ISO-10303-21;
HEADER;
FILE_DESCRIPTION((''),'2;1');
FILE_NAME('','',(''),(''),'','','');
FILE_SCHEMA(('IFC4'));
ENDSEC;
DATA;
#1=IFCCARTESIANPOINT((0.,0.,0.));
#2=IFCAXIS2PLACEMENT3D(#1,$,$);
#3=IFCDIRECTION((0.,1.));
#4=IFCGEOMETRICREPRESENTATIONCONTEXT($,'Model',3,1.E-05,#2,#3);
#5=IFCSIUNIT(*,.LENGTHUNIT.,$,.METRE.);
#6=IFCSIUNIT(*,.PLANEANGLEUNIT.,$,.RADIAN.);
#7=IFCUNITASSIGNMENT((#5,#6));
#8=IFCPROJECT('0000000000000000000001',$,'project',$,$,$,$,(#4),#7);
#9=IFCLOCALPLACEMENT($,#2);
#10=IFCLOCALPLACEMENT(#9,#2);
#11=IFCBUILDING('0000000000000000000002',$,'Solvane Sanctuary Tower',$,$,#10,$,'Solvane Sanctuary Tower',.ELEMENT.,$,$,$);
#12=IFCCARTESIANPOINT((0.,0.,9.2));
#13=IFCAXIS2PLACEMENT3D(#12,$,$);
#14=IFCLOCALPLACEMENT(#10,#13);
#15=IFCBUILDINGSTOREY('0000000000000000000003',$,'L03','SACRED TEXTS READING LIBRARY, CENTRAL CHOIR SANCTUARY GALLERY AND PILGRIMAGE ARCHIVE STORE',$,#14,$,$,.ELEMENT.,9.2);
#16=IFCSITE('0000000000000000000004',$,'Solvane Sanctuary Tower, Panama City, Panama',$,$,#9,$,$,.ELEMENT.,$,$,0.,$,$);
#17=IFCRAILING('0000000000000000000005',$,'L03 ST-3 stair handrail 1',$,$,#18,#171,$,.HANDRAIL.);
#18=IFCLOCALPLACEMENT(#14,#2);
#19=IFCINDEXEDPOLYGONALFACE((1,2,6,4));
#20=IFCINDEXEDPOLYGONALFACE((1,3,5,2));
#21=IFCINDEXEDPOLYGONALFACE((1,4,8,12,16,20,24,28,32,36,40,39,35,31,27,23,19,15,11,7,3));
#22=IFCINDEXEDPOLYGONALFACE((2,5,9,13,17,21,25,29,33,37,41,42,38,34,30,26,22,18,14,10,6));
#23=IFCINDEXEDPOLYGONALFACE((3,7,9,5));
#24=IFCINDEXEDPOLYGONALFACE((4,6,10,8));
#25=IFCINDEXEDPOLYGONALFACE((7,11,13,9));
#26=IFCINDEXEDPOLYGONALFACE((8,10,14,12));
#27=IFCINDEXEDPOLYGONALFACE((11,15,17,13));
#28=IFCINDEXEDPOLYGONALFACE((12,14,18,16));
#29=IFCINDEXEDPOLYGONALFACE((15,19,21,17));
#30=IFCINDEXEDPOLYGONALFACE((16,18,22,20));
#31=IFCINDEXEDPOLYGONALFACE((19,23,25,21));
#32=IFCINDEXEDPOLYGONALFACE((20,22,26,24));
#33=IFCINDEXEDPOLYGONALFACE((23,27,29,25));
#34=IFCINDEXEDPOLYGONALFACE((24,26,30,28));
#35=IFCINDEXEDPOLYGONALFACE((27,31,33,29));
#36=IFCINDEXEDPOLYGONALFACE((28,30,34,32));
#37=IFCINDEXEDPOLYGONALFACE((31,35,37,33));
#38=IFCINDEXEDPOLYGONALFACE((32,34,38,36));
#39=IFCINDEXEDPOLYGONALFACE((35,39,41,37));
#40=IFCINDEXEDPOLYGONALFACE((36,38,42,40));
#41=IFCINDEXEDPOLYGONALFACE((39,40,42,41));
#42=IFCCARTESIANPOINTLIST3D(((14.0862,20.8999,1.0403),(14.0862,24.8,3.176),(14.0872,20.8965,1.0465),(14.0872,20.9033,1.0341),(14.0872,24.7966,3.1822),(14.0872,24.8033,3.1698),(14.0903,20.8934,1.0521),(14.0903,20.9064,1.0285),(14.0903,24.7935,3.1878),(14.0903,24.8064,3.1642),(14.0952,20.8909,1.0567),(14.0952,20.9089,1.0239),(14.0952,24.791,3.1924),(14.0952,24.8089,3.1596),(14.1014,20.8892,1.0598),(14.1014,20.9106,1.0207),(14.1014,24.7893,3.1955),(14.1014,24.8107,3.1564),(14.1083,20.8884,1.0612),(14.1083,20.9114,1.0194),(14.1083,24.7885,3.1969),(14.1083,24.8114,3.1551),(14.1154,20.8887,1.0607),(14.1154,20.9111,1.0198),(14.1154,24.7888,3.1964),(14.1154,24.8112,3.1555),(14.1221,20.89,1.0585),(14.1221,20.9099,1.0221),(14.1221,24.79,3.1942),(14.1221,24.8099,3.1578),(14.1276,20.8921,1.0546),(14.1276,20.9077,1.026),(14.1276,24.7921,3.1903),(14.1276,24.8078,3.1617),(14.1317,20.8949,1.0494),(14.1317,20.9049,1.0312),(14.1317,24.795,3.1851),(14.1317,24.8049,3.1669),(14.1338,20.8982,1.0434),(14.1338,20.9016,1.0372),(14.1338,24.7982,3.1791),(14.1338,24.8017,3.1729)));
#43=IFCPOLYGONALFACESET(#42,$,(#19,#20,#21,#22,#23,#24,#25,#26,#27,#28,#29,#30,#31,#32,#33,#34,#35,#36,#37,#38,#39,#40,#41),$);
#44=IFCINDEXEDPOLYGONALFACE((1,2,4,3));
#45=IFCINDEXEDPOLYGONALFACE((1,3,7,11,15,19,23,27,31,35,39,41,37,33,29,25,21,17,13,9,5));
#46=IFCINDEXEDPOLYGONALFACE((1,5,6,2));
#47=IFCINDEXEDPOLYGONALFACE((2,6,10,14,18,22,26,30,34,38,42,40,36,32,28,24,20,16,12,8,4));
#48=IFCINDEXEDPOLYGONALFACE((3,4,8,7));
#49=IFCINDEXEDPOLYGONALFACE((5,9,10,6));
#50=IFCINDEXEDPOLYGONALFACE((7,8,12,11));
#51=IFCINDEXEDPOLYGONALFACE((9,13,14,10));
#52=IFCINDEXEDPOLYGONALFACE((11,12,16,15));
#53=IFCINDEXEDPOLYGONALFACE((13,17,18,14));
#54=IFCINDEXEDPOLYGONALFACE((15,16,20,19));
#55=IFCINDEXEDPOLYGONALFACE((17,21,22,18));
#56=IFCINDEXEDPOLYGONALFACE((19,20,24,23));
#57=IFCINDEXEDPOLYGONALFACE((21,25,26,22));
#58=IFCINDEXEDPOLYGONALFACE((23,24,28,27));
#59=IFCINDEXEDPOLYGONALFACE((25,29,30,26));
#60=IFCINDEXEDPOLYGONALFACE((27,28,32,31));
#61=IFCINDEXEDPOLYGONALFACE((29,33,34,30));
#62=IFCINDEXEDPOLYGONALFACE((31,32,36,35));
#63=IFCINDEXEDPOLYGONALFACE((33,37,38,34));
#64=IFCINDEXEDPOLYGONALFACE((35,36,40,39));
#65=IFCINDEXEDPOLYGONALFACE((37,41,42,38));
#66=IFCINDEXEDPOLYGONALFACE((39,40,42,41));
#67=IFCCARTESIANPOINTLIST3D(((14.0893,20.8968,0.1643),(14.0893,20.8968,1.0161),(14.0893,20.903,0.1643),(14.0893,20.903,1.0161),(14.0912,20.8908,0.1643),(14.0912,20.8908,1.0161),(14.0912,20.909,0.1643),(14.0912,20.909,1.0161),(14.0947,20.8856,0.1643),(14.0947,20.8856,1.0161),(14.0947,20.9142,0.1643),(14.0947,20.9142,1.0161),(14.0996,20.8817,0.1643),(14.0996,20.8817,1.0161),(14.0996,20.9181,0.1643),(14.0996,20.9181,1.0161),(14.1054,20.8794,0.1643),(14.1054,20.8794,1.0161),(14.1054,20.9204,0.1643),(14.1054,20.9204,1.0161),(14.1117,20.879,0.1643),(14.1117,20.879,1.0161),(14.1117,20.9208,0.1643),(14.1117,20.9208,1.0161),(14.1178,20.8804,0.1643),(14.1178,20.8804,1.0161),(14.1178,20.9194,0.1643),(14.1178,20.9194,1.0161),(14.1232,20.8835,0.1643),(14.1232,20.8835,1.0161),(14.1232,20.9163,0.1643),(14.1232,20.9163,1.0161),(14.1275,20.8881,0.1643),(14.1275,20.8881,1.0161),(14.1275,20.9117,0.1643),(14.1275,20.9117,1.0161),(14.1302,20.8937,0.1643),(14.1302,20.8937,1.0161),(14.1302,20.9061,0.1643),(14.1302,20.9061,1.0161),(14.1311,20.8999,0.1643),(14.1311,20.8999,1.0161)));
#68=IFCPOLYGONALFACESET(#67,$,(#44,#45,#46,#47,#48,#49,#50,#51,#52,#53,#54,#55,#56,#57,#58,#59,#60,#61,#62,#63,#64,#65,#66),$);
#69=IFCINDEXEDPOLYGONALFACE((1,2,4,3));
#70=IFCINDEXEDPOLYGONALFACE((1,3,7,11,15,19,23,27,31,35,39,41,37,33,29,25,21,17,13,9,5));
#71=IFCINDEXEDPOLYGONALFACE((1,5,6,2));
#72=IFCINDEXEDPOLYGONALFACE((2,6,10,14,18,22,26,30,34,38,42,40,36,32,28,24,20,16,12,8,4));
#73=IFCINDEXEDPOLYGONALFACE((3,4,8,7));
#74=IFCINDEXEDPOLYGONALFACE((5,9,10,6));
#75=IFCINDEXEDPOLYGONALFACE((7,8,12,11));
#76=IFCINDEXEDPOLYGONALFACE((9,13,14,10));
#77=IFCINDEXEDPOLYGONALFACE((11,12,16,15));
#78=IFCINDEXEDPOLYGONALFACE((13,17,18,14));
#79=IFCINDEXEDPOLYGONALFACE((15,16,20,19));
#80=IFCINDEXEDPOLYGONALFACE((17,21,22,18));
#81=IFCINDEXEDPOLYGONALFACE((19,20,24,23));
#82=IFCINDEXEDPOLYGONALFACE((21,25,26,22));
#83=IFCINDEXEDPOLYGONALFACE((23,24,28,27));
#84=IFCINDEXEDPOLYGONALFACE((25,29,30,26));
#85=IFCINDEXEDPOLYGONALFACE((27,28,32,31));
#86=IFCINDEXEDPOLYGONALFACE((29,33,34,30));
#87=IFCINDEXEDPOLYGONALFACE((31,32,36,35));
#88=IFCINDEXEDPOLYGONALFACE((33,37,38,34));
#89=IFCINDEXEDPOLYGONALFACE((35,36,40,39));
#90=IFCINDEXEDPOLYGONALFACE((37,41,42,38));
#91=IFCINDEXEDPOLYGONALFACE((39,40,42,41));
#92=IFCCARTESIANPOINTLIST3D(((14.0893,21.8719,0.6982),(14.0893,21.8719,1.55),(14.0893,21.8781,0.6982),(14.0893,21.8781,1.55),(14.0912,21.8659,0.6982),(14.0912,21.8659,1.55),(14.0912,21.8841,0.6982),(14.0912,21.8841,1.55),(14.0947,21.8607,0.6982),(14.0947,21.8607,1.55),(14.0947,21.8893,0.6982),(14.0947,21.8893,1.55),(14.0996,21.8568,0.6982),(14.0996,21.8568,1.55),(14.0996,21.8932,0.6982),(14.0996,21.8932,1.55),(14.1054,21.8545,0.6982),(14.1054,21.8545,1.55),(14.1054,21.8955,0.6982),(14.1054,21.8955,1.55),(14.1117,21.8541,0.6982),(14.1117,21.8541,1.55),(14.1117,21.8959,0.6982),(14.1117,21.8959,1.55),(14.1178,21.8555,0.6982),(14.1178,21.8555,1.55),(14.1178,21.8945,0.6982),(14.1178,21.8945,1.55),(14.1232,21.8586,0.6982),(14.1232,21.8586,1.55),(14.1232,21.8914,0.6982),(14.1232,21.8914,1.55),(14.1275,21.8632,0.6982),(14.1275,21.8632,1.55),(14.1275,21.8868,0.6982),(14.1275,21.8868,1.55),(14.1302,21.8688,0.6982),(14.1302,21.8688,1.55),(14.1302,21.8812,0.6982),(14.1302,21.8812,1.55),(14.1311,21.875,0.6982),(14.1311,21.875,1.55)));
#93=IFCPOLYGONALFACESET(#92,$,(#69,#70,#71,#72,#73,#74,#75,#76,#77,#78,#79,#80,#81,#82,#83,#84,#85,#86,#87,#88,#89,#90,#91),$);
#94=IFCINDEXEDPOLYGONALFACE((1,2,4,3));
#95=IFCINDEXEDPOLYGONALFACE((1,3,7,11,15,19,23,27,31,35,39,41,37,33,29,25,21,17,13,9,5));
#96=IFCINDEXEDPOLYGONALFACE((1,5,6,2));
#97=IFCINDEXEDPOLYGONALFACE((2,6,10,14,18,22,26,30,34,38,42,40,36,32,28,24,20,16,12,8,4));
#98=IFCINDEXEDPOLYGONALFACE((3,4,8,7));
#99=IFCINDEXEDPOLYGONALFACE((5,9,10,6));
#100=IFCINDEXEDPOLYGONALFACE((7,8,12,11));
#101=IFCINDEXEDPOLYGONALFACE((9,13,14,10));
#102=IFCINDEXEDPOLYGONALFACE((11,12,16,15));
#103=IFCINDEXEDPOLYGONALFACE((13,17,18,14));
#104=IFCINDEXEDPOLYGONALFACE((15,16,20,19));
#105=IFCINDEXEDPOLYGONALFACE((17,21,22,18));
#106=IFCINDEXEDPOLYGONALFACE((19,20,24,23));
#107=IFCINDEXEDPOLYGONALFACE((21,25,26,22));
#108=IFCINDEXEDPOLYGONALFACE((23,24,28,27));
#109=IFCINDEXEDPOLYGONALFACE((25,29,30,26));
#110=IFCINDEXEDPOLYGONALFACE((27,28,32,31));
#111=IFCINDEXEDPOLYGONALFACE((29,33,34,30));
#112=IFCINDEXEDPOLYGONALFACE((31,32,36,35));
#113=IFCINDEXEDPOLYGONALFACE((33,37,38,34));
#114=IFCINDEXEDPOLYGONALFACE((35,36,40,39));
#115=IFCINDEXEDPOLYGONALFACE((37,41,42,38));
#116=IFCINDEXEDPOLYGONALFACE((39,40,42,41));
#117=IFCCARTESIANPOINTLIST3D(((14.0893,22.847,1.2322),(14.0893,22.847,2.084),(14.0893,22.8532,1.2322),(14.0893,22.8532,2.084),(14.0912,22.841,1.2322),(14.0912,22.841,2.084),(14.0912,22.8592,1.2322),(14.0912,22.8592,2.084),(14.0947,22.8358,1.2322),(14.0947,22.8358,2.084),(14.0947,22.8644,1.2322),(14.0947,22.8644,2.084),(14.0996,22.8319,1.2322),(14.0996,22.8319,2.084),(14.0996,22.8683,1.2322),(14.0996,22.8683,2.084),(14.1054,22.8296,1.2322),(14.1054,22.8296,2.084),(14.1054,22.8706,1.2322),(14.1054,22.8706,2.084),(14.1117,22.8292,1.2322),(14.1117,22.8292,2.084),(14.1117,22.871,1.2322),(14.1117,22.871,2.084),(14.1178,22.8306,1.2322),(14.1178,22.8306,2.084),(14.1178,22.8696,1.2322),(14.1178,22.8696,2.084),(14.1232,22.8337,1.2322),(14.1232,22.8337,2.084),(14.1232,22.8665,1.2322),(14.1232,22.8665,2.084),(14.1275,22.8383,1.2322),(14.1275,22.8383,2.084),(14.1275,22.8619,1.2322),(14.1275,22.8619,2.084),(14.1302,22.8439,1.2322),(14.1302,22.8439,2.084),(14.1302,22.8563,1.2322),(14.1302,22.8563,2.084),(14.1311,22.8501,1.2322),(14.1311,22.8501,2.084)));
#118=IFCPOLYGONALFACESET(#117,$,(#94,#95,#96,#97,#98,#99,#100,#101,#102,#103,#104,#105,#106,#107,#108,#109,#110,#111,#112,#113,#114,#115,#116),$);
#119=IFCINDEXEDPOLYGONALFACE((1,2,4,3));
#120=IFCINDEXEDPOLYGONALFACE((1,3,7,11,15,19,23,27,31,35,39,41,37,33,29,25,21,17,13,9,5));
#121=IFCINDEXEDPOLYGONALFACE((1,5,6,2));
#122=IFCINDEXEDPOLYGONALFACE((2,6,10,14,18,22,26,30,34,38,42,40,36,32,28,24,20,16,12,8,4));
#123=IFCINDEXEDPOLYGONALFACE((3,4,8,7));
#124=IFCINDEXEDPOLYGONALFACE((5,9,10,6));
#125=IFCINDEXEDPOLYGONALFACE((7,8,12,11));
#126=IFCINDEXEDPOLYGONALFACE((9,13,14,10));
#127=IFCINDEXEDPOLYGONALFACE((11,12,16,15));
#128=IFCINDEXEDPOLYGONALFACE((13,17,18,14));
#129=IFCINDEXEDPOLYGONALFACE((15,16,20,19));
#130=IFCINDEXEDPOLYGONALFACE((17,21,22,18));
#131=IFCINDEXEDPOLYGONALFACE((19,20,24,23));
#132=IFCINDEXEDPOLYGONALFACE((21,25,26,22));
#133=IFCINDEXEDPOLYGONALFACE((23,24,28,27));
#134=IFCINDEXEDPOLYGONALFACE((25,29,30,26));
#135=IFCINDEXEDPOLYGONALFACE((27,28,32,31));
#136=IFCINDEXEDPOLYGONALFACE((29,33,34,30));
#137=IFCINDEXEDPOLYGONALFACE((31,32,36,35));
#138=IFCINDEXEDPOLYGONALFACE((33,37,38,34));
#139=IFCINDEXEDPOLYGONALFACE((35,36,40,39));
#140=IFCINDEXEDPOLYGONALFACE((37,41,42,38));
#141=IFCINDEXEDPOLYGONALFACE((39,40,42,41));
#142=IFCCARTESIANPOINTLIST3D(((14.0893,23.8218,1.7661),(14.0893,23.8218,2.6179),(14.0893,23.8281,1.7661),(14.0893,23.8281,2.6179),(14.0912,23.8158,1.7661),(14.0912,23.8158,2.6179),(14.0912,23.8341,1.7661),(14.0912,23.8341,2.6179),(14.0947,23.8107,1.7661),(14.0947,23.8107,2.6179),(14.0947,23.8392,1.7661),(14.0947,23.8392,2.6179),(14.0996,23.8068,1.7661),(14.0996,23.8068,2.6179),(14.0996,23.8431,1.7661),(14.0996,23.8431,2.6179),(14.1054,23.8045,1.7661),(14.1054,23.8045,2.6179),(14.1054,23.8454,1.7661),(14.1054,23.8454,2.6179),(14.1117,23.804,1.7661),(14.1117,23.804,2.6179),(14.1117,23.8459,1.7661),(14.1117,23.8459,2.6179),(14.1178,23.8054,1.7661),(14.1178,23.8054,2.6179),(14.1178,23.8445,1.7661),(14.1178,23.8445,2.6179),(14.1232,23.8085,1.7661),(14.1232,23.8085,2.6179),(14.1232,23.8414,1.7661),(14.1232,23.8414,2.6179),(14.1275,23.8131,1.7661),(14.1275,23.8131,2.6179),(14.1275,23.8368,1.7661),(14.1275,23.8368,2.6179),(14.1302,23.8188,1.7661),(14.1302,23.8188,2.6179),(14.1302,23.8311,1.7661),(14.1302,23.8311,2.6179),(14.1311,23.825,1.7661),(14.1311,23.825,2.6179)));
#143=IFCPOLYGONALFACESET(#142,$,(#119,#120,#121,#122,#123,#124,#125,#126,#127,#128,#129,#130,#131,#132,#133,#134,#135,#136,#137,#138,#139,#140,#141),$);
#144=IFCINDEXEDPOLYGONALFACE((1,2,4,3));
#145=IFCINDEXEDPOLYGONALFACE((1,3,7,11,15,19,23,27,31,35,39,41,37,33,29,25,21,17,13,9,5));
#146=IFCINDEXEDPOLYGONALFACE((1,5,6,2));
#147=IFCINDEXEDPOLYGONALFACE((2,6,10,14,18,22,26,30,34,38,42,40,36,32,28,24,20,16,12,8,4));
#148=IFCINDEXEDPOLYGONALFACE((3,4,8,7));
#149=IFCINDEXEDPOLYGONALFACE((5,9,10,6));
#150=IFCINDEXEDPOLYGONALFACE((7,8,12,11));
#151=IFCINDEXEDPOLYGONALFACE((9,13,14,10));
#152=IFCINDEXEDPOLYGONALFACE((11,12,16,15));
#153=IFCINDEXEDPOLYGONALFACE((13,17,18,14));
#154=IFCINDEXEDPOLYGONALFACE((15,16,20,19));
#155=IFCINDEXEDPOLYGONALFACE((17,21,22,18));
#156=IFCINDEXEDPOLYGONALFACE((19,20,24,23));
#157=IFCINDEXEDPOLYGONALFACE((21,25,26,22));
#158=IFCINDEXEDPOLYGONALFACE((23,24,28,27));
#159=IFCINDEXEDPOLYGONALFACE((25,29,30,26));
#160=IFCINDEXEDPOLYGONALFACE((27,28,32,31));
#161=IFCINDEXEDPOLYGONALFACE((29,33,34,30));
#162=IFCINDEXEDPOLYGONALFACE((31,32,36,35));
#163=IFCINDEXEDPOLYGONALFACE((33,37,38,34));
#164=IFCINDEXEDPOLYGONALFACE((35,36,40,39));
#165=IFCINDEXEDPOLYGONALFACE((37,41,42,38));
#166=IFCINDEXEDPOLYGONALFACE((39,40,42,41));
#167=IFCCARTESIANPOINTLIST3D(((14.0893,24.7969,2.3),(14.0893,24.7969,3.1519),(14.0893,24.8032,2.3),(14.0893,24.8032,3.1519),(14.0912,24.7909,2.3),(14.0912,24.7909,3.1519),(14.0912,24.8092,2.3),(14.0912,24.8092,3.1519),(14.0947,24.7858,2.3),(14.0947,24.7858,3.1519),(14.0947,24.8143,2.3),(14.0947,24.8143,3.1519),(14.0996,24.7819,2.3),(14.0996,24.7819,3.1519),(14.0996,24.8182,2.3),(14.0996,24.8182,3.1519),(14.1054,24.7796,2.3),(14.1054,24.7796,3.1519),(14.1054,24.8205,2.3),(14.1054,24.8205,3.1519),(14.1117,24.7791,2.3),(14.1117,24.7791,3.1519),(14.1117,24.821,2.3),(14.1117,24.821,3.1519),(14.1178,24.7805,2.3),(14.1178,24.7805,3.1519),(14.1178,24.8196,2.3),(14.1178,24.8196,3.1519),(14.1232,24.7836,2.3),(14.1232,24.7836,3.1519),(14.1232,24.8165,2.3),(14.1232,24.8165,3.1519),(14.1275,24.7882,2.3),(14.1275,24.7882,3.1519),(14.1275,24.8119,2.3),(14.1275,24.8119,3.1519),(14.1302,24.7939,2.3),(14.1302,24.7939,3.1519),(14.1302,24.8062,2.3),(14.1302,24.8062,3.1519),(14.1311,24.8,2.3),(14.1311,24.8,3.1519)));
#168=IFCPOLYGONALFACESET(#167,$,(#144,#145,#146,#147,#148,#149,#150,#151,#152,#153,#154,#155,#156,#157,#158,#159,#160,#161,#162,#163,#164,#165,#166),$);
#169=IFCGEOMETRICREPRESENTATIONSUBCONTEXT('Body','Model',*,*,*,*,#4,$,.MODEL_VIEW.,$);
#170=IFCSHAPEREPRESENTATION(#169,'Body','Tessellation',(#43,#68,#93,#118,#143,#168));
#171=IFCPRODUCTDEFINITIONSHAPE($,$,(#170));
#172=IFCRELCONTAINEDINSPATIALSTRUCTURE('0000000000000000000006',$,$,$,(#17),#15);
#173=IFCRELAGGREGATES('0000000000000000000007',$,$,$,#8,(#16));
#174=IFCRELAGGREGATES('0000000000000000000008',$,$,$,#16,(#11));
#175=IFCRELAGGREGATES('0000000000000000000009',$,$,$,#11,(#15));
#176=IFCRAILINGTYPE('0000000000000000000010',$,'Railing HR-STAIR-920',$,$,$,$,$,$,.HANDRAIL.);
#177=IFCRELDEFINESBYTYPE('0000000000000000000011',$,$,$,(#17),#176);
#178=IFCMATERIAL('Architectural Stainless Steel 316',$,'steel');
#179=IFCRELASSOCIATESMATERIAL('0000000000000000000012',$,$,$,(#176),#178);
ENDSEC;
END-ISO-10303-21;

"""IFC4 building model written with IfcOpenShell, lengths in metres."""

from ifc_helpers import new_model, si_unit, direction, frame, origin, origin_2d, place, context, subcontext, project, spatial, circle, extrude, material, type_object, element, save


model = new_model("IFC4")

# Units and contexts
model_context = context("Model", 3, precision=1e-05, world=origin(), true_north=direction((0.0, 1.0)))
body_context = subcontext(model_context, "Body", "Model", "MODEL_VIEW")
ifc_project = project(units=[si_unit("LENGTHUNIT", "METRE"), si_unit("PLANEANGLEUNIT", "RADIAN")], contexts=[model_context])

# Site, building, storey
site_placement = place(None, origin())
site = spatial("IfcSite", under=ifc_project, at=site_placement, Name="Solvane Sanctuary Tower, Panama City, Panama", CompositionType="ELEMENT", RefElevation=0.0)
building_placement = place(site_placement, origin())
building = spatial("IfcBuilding", under=site, at=building_placement, Name="Solvane Sanctuary Tower", LongName="Solvane Sanctuary Tower", CompositionType="ELEMENT")
storey_placement = place(building_placement, frame((0.0, 0.0, 9.2)))
storey = spatial("IfcBuildingStorey", under=building, at=storey_placement, Name="L03", Description="SACRED TEXTS READING LIBRARY, CENTRAL CHOIR SANCTUARY GALLERY AND PILGRIMAGE ARCHIVE STORE", CompositionType="ELEMENT", Elevation=9.2)

# Railing
ifc_material_1 = material(Name="Architectural Stainless Steel 316", Category="steel")
railing_type_1 = type_object("IfcRailingType", Name="Railing HR-STAIR-920", PredefinedType="HANDRAIL", material=ifc_material_1)
railing_1_placement = place(storey_placement, frame((14.1101, 20.8999, 0.1643)))
element("IfcRailing", 1, at=railing_1_placement, inside=storey, type_object=railing_type_1, Name="L03 ST-3 stair handrail 1", PredefinedType="HANDRAIL", context=body_context, shape_type="SweptSolid", body=[
    extrude(circle(Radius=0.0239, at=origin_2d()), frame((0.0, 0.0, 0.876), z_axis=(0.0, 0.877101, 0.480306), x_axis=(-1.0, 0.0, 0.0)), (0.0, 0.0, 1.0), 4.4465),
    extrude(circle(Radius=0.021, at=origin_2d()), origin(), (0.0, 0.0, 1.0), 0.8518),
    extrude(circle(Radius=0.021, at=origin_2d()), frame((0.0, 0.9751, 0.5339)), (0.0, 0.0, 1.0), 0.8518),
    extrude(circle(Radius=0.021, at=origin_2d()), frame((0.0, 1.9502, 1.0679)), (0.0, 0.0, 1.0), 0.8518),
    extrude(circle(Radius=0.021, at=origin_2d()), frame((0.0, 2.925, 1.6018)), (0.0, 0.0, 1.0), 0.8518),
    extrude(circle(Radius=0.021, at=origin_2d()), frame((0.0, 3.9001, 2.1357)), (0.0, 0.0, 1.0), 0.8518),
])

save(model, "model.ifc")
